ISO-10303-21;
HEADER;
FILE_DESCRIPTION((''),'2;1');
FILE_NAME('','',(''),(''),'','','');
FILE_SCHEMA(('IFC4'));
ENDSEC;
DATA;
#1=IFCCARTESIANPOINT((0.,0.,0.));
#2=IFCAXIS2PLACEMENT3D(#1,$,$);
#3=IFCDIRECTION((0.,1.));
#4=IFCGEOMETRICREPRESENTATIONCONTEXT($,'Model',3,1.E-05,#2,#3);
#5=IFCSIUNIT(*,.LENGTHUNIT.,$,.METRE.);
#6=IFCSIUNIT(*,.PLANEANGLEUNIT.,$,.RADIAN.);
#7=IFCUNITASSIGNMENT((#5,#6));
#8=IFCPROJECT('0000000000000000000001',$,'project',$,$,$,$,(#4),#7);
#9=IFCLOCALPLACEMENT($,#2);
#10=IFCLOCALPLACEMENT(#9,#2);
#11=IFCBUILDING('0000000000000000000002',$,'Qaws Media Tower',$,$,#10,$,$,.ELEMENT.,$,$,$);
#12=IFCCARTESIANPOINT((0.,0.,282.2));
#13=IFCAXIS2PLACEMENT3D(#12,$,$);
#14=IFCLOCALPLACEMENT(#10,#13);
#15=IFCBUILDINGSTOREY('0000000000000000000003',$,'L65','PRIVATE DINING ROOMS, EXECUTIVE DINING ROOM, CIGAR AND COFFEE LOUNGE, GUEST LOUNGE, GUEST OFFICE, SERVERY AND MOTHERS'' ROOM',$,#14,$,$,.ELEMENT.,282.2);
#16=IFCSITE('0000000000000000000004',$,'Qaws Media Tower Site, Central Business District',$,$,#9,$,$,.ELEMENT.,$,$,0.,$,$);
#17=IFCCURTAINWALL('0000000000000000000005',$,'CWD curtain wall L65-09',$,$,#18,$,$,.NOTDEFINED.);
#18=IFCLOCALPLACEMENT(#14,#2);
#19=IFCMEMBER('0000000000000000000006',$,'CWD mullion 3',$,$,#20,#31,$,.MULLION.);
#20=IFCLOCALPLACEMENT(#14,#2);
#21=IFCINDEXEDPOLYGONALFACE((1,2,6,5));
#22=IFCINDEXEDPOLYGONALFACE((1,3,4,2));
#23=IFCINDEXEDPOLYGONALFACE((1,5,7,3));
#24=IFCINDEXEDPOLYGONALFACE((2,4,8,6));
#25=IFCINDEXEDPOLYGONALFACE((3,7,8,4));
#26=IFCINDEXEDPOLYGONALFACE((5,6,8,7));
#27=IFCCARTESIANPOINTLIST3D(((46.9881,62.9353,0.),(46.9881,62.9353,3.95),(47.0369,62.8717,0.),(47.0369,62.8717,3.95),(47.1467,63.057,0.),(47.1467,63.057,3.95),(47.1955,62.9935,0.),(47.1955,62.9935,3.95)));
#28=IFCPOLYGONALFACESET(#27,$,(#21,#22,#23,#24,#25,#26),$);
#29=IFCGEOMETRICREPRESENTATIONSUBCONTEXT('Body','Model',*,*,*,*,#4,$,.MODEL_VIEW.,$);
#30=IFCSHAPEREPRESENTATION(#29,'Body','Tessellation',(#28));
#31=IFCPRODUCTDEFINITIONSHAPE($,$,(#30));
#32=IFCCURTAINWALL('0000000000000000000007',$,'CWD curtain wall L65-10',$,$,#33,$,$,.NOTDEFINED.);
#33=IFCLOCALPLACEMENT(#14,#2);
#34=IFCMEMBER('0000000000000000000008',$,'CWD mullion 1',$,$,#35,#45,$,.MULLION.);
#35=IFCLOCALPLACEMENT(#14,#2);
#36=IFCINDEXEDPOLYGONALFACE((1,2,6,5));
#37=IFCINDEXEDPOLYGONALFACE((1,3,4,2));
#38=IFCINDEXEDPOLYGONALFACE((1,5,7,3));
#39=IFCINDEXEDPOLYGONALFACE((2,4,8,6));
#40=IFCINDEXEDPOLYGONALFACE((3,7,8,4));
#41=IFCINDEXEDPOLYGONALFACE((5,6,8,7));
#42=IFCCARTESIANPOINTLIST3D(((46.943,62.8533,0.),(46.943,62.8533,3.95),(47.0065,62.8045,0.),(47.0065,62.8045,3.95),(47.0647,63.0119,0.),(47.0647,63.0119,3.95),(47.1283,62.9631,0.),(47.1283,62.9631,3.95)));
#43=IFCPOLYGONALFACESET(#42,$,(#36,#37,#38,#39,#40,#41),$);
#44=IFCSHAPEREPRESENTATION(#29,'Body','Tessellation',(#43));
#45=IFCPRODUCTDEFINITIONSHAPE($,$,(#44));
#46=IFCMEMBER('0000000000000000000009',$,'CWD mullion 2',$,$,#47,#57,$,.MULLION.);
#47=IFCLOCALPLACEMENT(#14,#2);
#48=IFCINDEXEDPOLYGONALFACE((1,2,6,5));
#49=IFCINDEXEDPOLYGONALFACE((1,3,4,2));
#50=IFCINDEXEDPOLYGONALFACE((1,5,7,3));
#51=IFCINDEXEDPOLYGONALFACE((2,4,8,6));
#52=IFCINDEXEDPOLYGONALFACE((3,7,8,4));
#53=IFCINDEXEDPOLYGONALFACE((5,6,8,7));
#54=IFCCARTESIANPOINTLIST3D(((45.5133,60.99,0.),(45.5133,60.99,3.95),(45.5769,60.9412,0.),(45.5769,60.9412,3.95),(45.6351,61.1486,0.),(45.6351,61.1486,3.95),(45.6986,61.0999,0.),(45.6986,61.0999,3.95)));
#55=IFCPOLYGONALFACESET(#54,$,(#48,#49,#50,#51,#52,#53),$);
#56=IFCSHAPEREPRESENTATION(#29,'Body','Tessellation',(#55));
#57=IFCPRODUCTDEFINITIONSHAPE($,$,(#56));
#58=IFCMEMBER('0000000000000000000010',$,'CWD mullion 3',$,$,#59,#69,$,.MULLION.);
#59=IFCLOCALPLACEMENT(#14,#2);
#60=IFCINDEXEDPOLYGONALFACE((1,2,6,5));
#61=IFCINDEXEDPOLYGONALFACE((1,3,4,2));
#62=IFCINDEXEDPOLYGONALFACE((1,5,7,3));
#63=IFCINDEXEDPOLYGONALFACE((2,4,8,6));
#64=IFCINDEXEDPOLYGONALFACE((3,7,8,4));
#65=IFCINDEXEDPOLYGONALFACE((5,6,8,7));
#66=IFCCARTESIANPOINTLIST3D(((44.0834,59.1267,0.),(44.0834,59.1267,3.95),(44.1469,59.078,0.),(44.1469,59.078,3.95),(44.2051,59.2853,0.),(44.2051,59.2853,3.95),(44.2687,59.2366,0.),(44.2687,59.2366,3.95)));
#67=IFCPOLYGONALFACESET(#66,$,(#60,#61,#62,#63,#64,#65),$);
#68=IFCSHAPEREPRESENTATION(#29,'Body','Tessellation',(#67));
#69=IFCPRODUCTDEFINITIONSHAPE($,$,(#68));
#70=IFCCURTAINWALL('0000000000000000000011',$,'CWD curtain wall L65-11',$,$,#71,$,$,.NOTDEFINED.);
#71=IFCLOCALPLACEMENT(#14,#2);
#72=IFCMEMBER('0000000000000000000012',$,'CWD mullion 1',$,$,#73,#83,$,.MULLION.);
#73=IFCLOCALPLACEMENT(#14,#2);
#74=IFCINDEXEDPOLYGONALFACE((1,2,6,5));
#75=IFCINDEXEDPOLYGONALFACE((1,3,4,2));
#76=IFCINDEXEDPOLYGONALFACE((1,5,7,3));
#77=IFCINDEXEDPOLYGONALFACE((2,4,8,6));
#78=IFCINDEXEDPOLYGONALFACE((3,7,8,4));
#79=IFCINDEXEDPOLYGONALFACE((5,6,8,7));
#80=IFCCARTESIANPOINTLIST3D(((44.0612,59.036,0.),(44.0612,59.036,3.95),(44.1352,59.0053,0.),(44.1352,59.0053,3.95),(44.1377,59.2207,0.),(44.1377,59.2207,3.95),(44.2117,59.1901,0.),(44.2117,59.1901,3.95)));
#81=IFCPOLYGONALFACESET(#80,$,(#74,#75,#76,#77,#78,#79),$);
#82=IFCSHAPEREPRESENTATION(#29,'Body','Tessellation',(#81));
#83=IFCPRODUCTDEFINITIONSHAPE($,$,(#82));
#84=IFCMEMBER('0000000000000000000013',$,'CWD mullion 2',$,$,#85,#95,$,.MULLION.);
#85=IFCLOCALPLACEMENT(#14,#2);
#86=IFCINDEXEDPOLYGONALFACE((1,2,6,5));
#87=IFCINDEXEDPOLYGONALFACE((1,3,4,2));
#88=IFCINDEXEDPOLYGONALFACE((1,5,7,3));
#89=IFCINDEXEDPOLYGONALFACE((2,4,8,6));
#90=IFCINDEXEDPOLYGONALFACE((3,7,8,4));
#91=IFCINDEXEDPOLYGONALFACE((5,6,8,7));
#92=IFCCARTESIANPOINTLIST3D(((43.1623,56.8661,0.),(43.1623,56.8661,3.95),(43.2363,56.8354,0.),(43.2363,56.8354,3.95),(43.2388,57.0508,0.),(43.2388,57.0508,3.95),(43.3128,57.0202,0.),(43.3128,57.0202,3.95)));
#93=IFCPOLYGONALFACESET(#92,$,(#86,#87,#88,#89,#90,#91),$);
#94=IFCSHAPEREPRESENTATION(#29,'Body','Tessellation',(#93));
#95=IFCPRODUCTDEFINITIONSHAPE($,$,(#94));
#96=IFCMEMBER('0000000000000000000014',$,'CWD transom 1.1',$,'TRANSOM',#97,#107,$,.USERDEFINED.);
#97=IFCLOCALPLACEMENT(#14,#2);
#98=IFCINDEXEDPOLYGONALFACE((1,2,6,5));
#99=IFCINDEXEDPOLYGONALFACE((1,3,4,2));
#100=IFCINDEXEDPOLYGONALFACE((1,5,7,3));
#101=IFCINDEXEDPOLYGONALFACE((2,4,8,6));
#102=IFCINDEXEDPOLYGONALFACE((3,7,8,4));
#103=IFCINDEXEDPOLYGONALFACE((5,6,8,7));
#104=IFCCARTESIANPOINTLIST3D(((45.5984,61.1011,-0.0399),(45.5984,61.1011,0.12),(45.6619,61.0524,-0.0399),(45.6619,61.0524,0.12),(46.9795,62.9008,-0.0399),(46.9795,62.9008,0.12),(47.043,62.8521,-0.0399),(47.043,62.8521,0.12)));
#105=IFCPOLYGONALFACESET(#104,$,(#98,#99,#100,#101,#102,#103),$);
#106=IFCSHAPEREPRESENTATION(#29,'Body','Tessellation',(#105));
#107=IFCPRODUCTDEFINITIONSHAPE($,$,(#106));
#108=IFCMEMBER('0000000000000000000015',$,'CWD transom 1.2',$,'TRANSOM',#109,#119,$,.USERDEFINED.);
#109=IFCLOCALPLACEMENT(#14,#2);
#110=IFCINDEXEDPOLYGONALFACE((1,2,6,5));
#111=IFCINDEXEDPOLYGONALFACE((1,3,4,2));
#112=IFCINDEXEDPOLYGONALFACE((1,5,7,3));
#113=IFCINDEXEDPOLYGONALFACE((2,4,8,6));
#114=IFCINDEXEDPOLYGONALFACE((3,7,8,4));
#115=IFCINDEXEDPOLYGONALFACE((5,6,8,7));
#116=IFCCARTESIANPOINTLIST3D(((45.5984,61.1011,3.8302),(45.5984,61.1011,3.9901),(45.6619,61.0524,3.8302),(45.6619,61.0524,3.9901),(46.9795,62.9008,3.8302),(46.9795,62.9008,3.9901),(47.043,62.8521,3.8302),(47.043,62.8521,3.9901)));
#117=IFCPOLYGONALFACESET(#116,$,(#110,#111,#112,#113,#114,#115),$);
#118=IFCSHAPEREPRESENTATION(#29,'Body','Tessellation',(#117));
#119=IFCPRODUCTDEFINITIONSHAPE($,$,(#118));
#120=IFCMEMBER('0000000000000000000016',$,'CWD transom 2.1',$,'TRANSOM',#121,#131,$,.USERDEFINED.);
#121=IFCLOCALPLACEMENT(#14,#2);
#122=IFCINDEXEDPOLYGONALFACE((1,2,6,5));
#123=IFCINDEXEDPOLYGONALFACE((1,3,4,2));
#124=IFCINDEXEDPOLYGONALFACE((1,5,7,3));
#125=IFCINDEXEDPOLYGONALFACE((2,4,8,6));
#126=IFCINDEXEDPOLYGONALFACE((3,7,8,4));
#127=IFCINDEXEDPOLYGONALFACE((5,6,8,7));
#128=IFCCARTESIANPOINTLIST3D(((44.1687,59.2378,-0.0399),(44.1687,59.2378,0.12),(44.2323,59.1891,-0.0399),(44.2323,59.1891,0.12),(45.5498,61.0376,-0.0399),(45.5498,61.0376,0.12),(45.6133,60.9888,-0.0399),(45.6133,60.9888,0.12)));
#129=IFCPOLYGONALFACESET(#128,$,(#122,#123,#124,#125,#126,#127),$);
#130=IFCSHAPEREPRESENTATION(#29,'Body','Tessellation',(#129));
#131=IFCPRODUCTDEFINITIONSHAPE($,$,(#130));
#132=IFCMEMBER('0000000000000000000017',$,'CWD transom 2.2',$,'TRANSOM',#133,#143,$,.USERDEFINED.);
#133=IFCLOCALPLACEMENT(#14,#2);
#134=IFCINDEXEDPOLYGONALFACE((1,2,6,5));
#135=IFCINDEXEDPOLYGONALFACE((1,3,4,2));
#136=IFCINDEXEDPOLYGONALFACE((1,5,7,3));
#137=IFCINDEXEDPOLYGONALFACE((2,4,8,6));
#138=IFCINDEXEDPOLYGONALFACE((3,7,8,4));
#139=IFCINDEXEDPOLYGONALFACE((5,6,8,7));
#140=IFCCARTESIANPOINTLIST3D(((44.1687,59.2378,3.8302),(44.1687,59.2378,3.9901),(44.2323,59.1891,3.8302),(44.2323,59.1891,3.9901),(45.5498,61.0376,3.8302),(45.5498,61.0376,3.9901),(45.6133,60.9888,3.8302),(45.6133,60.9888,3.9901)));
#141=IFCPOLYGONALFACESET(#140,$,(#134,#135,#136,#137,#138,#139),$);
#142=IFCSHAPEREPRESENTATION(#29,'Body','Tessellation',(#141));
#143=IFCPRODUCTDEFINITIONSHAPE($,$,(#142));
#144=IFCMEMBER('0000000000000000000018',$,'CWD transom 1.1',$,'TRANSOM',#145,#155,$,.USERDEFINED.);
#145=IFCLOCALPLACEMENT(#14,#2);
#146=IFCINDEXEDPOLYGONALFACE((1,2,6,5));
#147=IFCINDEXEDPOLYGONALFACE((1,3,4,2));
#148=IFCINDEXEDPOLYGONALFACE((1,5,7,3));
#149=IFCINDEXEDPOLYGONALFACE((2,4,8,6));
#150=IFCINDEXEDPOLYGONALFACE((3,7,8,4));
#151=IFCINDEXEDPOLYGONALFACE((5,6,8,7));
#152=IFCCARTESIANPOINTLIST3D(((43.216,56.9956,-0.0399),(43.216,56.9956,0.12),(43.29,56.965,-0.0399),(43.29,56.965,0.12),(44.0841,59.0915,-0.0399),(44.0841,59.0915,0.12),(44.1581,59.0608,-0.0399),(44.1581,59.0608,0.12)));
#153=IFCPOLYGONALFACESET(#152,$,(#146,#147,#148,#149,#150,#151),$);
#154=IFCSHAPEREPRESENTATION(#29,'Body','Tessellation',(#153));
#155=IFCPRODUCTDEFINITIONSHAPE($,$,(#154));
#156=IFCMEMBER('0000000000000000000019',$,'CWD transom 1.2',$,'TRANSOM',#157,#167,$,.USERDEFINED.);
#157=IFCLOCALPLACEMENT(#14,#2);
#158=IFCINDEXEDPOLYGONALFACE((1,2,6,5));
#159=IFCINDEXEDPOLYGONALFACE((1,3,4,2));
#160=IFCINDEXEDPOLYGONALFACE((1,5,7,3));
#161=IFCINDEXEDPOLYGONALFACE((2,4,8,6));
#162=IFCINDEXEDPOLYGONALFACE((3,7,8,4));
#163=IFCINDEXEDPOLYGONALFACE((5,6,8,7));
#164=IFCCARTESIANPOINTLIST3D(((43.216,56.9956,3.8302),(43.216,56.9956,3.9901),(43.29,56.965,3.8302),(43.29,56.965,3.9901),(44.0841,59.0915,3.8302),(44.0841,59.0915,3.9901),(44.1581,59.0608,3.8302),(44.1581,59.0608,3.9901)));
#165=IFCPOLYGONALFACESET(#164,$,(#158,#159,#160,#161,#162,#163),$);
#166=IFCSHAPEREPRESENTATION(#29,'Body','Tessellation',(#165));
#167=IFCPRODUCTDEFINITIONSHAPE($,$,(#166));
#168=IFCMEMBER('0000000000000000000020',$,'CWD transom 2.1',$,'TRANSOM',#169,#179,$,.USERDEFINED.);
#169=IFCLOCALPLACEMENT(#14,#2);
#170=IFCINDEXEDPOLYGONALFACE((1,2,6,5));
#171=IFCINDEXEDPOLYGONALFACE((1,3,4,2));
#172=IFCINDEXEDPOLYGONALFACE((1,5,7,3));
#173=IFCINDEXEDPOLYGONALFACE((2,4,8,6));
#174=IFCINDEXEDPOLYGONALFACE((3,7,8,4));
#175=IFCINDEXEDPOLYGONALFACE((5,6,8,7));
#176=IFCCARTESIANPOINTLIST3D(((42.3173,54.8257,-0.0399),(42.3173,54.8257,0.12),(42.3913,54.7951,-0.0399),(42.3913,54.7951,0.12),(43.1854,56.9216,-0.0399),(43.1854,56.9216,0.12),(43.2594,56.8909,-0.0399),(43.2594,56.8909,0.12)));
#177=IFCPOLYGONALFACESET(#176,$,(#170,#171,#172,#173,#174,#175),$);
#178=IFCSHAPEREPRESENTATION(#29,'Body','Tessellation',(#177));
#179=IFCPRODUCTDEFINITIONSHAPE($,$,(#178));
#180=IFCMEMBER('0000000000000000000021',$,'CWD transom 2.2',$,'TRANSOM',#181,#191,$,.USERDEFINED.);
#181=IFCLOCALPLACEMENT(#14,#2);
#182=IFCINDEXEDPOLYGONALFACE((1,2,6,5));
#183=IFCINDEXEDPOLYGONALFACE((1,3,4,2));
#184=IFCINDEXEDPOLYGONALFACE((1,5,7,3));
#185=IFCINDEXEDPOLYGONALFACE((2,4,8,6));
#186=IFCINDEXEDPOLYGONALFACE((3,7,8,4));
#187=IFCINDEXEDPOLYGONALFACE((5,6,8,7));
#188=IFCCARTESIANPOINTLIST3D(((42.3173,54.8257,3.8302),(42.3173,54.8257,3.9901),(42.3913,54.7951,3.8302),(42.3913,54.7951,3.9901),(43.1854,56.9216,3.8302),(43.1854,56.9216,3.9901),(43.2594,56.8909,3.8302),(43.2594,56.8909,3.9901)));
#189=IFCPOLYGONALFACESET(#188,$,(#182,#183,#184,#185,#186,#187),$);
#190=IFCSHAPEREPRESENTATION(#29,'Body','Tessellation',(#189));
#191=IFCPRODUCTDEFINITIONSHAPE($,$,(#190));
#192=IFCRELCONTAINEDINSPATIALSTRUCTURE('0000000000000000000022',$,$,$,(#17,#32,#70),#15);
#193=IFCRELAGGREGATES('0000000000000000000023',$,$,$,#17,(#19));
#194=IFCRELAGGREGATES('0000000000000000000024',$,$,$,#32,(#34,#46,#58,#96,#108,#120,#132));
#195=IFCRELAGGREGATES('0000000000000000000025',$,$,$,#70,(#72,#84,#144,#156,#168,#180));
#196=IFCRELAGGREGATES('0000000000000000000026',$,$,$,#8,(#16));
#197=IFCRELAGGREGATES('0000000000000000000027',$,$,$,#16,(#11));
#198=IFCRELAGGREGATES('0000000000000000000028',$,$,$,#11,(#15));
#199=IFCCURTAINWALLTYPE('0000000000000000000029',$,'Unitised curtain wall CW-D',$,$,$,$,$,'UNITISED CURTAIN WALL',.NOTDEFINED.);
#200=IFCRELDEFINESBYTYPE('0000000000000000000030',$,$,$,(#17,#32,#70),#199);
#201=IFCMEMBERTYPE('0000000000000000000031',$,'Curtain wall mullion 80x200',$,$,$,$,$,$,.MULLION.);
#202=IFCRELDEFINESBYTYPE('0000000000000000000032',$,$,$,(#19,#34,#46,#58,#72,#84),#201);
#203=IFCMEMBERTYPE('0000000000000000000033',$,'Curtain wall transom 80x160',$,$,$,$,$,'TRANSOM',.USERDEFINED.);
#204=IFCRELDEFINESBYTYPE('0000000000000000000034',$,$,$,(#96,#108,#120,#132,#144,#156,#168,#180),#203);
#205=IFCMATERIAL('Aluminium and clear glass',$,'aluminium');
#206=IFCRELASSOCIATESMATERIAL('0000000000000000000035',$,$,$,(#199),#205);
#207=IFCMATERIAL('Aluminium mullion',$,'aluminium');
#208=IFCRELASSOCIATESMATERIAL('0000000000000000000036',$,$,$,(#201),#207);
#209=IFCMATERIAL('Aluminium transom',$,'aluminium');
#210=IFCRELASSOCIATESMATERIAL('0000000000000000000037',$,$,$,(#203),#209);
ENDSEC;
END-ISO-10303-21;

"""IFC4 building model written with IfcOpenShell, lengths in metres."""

from ifc_helpers import new_model, si_unit, direction, frame, origin, origin_2d, place, context, subcontext, project, spatial, rectangle, extrude, material, material_profile, profile_set, type_object, element, aggregate, save


model = new_model("IFC4")

# Units and contexts
model_context = context("Model", 3, precision=1e-05, world=origin(), true_north=direction((0.0, 1.0)))
body_context = subcontext(model_context, "Body", "Model", "MODEL_VIEW")
ifc_project = project(units=[si_unit("LENGTHUNIT", "METRE"), si_unit("PLANEANGLEUNIT", "RADIAN")], contexts=[model_context])

# Site, building, storey
site_placement = place(None, origin())
site = spatial("IfcSite", under=ifc_project, at=site_placement, Name="Qaws Media Tower Site, Central Business District", CompositionType="ELEMENT", RefElevation=0.0)
building_placement = place(site_placement, origin())
building = spatial("IfcBuilding", under=site, at=building_placement, Name="Qaws Media Tower", CompositionType="ELEMENT")
storey_placement = place(building_placement, frame((0.0, 0.0, 282.2)))
storey = spatial("IfcBuildingStorey", under=building, at=storey_placement, Name="L65", Description="PRIVATE DINING ROOMS, EXECUTIVE DINING ROOM, CIGAR AND COFFEE LOUNGE, GUEST LOUNGE, GUEST OFFICE, SERVERY AND MOTHERS' ROOM", CompositionType="ELEMENT", Elevation=282.2)

# Curtain wall, member
ifc_material_1 = material(Name="Aluminium and clear glass", Category="aluminium")
curtain_wall_type = type_object("IfcCurtainWallType", Name="Unitised curtain wall CW-D", ElementType="UNITISED CURTAIN WALL", PredefinedType="NOTDEFINED", material=ifc_material_1)
curtain_wall_1_placement = place(storey_placement, origin())
curtain_wall_1 = element("IfcCurtainWall", 1, at=curtain_wall_1_placement, inside=storey, type_object=curtain_wall_type, Name="CWD curtain wall L65-09", PredefinedType="NOTDEFINED")
ifc_material_2 = material(Name="Aluminium mullion", Category="aluminium")
ifc_material_profile_1 = material_profile(ifc_material_2, rectangle(XDim=0.0801, YDim=0.2, at=origin_2d()), Name="80x200")
ifc_profile_set_1 = profile_set([ifc_material_profile_1], Name="Aluminium mullion")
member_type_1 = type_object("IfcMemberType", Name="Curtain wall mullion 80x200", PredefinedType="MULLION", material=ifc_profile_set_1)
member_1_placement = place(storey_placement, frame((47.0918, 62.9644, 0.0), z_axis=(0.0, 0.0, 1.0), x_axis=(0.608761, -0.793353, 0.0)))
member_1 = element("IfcMember", 2, at=member_1_placement, type_object=member_type_1, Name="CWD mullion 3", PredefinedType="MULLION", context=body_context, shape_type="SweptSolid", body=[
    extrude(rectangle(XDim=0.0801, YDim=0.2, at=origin_2d()), origin(), (0.0, 0.0, 1.0), 3.95),
])

# Curtain walls, members
curtain_wall_2_placement = place(storey_placement, origin())
curtain_wall_2 = element("IfcCurtainWall", 3, at=curtain_wall_2_placement, inside=storey, type_object=curtain_wall_type, Name="CWD curtain wall L65-10", PredefinedType="NOTDEFINED")
member_2_placement = place(storey_placement, frame((47.0356, 62.9082, 0.0), z_axis=(0.0, 0.0, 1.0), x_axis=(0.793353, -0.608761, 0.0)))
member_2 = element("IfcMember", 4, at=member_2_placement, type_object=member_type_1, Name="CWD mullion 1", PredefinedType="MULLION", context=body_context, shape_type="SweptSolid", body=[
    extrude(rectangle(XDim=0.0801, YDim=0.2, at=origin_2d()), origin(), (0.0, 0.0, 1.0), 3.95),
])
member_3_placement = place(storey_placement, frame((45.606, 61.0449, 0.0), z_axis=(0.0, 0.0, 1.0), x_axis=(0.793353, -0.608761, 0.0)))
member_3 = element("IfcMember", 5, at=member_3_placement, type_object=member_type_1, Name="CWD mullion 2", PredefinedType="MULLION", context=body_context, shape_type="SweptSolid", body=[
    extrude(rectangle(XDim=0.0801, YDim=0.2, at=origin_2d()), origin(), (0.0, 0.0, 1.0), 3.95),
])
member_4_placement = place(storey_placement, frame((44.176, 59.1816, 0.0), z_axis=(0.0, 0.0, 1.0), x_axis=(0.793353, -0.608761, 0.0)))
member_4 = element("IfcMember", 6, at=member_4_placement, type_object=member_type_1, Name="CWD mullion 3", PredefinedType="MULLION", context=body_context, shape_type="SweptSolid", body=[
    extrude(rectangle(XDim=0.0801, YDim=0.2, at=origin_2d()), origin(), (0.0, 0.0, 1.0), 3.95),
])
curtain_wall_3_placement = place(storey_placement, origin())
curtain_wall_3 = element("IfcCurtainWall", 7, at=curtain_wall_3_placement, inside=storey, type_object=curtain_wall_type, Name="CWD curtain wall L65-11", PredefinedType="NOTDEFINED")
member_5_placement = place(storey_placement, frame((44.1365, 59.113, 0.0), z_axis=(0.0, 0.0, 1.0), x_axis=(0.923879, -0.382684, 0.0)))
member_5 = element("IfcMember", 8, at=member_5_placement, type_object=member_type_1, Name="CWD mullion 1", PredefinedType="MULLION", context=body_context, shape_type="SweptSolid", body=[
    extrude(rectangle(XDim=0.0801, YDim=0.2, at=origin_2d()), origin(), (0.0, 0.0, 1.0), 3.95),
])
member_6_placement = place(storey_placement, frame((43.2375, 56.9431, 0.0), z_axis=(0.0, 0.0, 1.0), x_axis=(0.923879, -0.382684, 0.0)))
member_6 = element("IfcMember", 9, at=member_6_placement, type_object=member_type_1, Name="CWD mullion 2", PredefinedType="MULLION", context=body_context, shape_type="SweptSolid", body=[
    extrude(rectangle(XDim=0.0801, YDim=0.2, at=origin_2d()), origin(), (0.0, 0.0, 1.0), 3.95),
])

# Members
ifc_material_3 = material(Name="Aluminium transom", Category="aluminium")
ifc_material_profile_2 = material_profile(ifc_material_3, rectangle(XDim=0.0801, YDim=0.1599, at=origin_2d()), Name="80x160")
ifc_profile_set_2 = profile_set([ifc_material_profile_2], Name="Aluminium transom")
member_type_2 = type_object("IfcMemberType", Name="Curtain wall transom 80x160", ElementType="TRANSOM", PredefinedType="USERDEFINED", material=ifc_profile_set_2)
member_7_placement = place(storey_placement, frame((47.0112, 62.8765, 0.04), z_axis=(-0.608779, -0.79334, 0.0), x_axis=(0.79334, -0.608779, 0.0)))
member_7 = element("IfcMember", 10, at=member_7_placement, type_object=member_type_2, Name="CWD transom 1.1", ObjectType="TRANSOM", PredefinedType="USERDEFINED", context=body_context, shape_type="SweptSolid", body=[
    extrude(rectangle(XDim=0.0801, YDim=0.1599, at=origin_2d()), origin(), (0.0, 0.0, 1.0), 2.2686),
])
member_8_placement = place(storey_placement, frame((47.0112, 62.8765, 3.9102), z_axis=(-0.608779, -0.79334, 0.0), x_axis=(0.79334, -0.608779, 0.0)))
member_8 = element("IfcMember", 11, at=member_8_placement, type_object=member_type_2, Name="CWD transom 1.2", ObjectType="TRANSOM", PredefinedType="USERDEFINED", context=body_context, shape_type="SweptSolid", body=[
    extrude(rectangle(XDim=0.0801, YDim=0.1599, at=origin_2d()), origin(), (0.0, 0.0, 1.0), 2.2686),
])
member_9_placement = place(storey_placement, frame((45.5815, 61.0132, 0.04), z_axis=(-0.608779, -0.79334, 0.0), x_axis=(0.79334, -0.608779, 0.0)))
member_9 = element("IfcMember", 12, at=member_9_placement, type_object=member_type_2, Name="CWD transom 2.1", ObjectType="TRANSOM", PredefinedType="USERDEFINED", context=body_context, shape_type="SweptSolid", body=[
    extrude(rectangle(XDim=0.0801, YDim=0.1599, at=origin_2d()), origin(), (0.0, 0.0, 1.0), 2.2686),
])
member_10_placement = place(storey_placement, frame((45.5815, 61.0132, 3.9102), z_axis=(-0.608779, -0.79334, 0.0), x_axis=(0.79334, -0.608779, 0.0)))
member_10 = element("IfcMember", 13, at=member_10_placement, type_object=member_type_2, Name="CWD transom 2.2", ObjectType="TRANSOM", PredefinedType="USERDEFINED", context=body_context, shape_type="SweptSolid", body=[
    extrude(rectangle(XDim=0.0801, YDim=0.1599, at=origin_2d()), origin(), (0.0, 0.0, 1.0), 2.2686),
])
member_11_placement = place(storey_placement, frame((44.1211, 59.0762, 0.04), z_axis=(-0.382681, -0.92388, 0.0), x_axis=(0.92388, -0.382681, 0.0)))
member_11 = element("IfcMember", 14, at=member_11_placement, type_object=member_type_2, Name="CWD transom 1.1", ObjectType="TRANSOM", PredefinedType="USERDEFINED", context=body_context, shape_type="SweptSolid", body=[
    extrude(rectangle(XDim=0.0801, YDim=0.1599, at=origin_2d()), origin(), (0.0, 0.0, 1.0), 2.2686),
])
member_12_placement = place(storey_placement, frame((44.1211, 59.0762, 3.9102), z_axis=(-0.382681, -0.92388, 0.0), x_axis=(0.92388, -0.382681, 0.0)))
member_12 = element("IfcMember", 15, at=member_12_placement, type_object=member_type_2, Name="CWD transom 1.2", ObjectType="TRANSOM", PredefinedType="USERDEFINED", context=body_context, shape_type="SweptSolid", body=[
    extrude(rectangle(XDim=0.0801, YDim=0.1599, at=origin_2d()), origin(), (0.0, 0.0, 1.0), 2.2686),
])
member_13_placement = place(storey_placement, frame((43.2224, 56.9062, 0.04), z_axis=(-0.382681, -0.92388, 0.0), x_axis=(0.92388, -0.382681, 0.0)))
member_13 = element("IfcMember", 16, at=member_13_placement, type_object=member_type_2, Name="CWD transom 2.1", ObjectType="TRANSOM", PredefinedType="USERDEFINED", context=body_context, shape_type="SweptSolid", body=[
    extrude(rectangle(XDim=0.0801, YDim=0.1599, at=origin_2d()), origin(), (0.0, 0.0, 1.0), 2.2686),
])
member_14_placement = place(storey_placement, frame((43.2224, 56.9062, 3.9102), z_axis=(-0.382681, -0.92388, 0.0), x_axis=(0.92388, -0.382681, 0.0)))
member_14 = element("IfcMember", 17, at=member_14_placement, type_object=member_type_2, Name="CWD transom 2.2", ObjectType="TRANSOM", PredefinedType="USERDEFINED", context=body_context, shape_type="SweptSolid", body=[
    extrude(rectangle(XDim=0.0801, YDim=0.1599, at=origin_2d()), origin(), (0.0, 0.0, 1.0), 2.2686),
])

aggregate(curtain_wall_1, [member_1])
aggregate(curtain_wall_2, [member_2, member_3, member_4, member_7, member_8, member_9, member_10])
aggregate(curtain_wall_3, [member_5, member_6, member_11, member_12, member_13, member_14])

save(model, "model.ifc")
